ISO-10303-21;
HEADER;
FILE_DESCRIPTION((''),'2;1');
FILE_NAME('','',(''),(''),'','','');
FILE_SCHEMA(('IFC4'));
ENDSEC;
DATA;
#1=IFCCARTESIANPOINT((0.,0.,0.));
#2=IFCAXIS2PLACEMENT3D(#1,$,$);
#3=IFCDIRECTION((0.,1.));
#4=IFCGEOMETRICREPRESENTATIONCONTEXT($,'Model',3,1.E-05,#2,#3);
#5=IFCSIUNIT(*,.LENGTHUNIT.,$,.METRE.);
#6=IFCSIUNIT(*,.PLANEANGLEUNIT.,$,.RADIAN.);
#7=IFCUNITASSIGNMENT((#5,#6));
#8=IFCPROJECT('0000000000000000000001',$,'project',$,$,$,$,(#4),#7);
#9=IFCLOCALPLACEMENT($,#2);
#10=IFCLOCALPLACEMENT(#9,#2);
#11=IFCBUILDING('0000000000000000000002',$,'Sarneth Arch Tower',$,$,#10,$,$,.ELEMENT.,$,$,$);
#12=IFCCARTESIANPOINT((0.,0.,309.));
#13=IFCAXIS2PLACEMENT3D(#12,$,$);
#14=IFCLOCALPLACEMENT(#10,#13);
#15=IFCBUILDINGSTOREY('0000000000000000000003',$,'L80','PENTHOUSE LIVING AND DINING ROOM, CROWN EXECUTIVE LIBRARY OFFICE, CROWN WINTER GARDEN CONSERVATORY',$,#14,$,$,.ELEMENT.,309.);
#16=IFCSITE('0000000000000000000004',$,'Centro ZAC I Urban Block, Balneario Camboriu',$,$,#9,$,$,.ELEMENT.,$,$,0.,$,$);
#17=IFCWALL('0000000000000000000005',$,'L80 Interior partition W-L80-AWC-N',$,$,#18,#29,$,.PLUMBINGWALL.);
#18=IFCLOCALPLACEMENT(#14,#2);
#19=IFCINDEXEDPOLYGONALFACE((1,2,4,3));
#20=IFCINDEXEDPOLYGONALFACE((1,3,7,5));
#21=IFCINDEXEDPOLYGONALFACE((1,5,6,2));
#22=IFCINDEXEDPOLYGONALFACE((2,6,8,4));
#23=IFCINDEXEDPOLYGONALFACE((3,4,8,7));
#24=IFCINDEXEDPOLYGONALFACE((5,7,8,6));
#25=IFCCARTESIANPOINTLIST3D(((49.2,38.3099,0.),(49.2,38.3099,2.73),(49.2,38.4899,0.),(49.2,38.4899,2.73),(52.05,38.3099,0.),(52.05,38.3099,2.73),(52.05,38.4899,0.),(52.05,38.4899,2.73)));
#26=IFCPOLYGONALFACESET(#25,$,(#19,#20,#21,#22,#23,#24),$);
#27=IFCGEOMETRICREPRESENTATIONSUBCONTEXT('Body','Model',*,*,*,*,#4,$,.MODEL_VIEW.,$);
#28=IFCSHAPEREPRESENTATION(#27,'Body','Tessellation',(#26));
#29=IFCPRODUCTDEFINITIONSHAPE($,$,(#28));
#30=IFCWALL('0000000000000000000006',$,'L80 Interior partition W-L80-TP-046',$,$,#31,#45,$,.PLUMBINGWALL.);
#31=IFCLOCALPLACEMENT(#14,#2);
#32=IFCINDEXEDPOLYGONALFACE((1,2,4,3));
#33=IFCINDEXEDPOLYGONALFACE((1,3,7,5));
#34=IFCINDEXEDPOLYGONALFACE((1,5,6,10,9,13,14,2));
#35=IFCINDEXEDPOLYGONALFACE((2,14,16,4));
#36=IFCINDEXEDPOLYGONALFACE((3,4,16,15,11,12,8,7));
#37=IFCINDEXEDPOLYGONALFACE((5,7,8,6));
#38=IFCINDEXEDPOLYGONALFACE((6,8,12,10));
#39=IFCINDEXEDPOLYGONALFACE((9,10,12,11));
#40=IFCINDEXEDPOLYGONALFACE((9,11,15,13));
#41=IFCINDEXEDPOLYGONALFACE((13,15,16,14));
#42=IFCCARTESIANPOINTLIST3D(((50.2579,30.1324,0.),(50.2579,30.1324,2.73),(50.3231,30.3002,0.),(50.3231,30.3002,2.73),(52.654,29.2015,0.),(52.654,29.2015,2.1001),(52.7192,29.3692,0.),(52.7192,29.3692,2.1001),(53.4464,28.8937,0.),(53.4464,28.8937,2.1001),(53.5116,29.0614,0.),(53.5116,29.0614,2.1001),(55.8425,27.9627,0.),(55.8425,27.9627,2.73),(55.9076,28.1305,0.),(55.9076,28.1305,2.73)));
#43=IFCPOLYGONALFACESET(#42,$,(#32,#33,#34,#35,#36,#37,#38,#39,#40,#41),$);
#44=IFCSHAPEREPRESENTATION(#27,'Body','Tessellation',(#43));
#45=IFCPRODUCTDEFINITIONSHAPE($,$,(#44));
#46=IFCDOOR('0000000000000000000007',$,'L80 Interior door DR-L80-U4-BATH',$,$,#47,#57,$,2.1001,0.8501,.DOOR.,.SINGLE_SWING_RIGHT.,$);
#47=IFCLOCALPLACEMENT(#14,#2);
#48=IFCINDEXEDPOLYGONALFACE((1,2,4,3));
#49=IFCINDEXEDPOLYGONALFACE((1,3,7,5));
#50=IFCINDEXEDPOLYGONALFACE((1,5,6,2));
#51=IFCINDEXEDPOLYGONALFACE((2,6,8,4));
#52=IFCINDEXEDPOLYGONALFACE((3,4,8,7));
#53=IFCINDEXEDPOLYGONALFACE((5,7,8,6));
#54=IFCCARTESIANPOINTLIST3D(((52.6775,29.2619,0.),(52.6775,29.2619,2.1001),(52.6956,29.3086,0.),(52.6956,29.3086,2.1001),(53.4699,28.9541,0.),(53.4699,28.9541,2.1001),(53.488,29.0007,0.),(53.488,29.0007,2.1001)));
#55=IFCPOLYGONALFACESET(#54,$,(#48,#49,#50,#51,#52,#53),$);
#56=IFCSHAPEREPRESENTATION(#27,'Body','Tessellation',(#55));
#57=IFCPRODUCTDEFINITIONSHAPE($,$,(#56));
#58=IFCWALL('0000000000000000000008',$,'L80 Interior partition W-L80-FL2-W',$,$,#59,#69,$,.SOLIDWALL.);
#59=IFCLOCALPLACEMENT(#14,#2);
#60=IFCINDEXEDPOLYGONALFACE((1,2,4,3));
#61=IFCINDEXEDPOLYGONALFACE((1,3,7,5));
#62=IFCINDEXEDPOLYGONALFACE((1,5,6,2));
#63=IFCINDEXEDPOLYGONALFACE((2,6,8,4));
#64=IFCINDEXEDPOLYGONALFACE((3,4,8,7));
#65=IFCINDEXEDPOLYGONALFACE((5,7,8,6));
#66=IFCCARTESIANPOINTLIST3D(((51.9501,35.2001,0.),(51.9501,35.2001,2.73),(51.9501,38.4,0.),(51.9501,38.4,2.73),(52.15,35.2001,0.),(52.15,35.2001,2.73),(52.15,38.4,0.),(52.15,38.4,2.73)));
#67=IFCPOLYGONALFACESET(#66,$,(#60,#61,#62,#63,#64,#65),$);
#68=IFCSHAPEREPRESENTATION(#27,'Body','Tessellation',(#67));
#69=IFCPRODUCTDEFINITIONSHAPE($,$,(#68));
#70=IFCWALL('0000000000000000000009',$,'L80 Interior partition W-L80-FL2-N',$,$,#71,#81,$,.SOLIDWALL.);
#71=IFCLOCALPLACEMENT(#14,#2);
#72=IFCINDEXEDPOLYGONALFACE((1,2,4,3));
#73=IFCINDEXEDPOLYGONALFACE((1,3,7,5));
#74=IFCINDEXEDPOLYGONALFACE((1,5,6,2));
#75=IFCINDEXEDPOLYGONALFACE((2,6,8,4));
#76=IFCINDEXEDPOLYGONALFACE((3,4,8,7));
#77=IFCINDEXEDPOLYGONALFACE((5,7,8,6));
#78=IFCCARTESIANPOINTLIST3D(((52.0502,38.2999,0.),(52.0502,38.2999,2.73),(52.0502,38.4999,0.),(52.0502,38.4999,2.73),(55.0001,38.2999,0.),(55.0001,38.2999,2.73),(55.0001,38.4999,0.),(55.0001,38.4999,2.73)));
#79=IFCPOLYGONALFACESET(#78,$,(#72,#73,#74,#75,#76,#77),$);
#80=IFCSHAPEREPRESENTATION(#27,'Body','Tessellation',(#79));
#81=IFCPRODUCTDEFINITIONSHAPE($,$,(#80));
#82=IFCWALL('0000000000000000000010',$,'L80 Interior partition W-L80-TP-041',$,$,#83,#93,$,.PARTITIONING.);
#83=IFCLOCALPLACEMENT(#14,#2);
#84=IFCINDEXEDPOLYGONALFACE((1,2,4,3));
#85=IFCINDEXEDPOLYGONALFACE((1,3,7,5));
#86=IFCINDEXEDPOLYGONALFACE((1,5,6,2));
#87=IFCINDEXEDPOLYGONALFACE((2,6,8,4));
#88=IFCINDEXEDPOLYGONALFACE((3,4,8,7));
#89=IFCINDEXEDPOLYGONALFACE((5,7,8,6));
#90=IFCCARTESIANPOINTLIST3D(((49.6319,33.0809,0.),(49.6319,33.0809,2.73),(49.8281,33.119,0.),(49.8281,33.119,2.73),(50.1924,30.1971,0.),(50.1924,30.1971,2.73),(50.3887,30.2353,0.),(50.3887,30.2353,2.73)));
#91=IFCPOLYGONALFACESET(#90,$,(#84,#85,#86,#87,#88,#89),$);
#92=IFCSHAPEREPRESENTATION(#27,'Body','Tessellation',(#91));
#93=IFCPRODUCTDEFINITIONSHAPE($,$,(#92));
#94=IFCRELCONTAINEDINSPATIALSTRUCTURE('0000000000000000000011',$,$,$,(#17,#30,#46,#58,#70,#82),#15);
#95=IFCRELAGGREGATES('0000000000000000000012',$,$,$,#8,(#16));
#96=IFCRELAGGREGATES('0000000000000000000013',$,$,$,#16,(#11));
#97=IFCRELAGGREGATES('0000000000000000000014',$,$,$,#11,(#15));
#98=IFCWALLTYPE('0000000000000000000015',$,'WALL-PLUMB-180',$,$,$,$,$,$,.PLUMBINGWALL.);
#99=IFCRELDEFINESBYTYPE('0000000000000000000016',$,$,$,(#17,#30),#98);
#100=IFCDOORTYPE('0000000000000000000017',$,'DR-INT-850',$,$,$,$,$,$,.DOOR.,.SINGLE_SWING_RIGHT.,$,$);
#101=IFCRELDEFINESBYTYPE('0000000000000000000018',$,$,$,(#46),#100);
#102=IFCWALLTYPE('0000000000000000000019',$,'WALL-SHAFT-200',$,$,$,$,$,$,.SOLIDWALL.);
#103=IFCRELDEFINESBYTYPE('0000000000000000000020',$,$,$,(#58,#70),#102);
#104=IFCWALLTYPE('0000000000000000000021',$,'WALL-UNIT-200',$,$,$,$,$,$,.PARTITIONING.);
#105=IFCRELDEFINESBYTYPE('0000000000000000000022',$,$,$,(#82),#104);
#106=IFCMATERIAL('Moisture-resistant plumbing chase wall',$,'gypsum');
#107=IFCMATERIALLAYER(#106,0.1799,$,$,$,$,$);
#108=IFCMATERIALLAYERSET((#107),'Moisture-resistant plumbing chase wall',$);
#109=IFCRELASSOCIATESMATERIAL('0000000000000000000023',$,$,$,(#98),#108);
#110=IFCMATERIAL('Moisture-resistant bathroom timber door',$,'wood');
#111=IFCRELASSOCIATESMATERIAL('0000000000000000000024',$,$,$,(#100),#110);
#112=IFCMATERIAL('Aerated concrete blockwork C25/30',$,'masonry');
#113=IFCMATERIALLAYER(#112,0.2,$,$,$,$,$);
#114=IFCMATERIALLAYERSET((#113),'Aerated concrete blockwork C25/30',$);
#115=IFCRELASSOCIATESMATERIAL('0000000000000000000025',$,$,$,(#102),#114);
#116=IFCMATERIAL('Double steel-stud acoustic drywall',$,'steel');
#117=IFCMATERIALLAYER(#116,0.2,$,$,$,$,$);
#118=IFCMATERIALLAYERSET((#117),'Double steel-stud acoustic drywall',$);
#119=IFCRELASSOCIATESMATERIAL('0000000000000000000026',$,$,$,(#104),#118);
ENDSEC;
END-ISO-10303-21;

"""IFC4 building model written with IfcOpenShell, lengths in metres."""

from ifc_helpers import new_model, si_unit, direction, frame, frame_2d, origin, place, context, subcontext, project, spatial, rectangle, extrude, material, layer, layer_set, type_object, element, fill, save


model = new_model("IFC4")

# Units and contexts
model_context = context("Model", 3, precision=1e-05, world=origin(), true_north=direction((0.0, 1.0)))
body_context = subcontext(model_context, "Body", "Model", "MODEL_VIEW")
ifc_project = project(units=[si_unit("LENGTHUNIT", "METRE"), si_unit("PLANEANGLEUNIT", "RADIAN")], contexts=[model_context])

# Site, building, storey
site_placement = place(None, origin())
site = spatial("IfcSite", under=ifc_project, at=site_placement, Name="Centro ZAC I Urban Block, Balneario Camboriu", CompositionType="ELEMENT", RefElevation=0.0)
building_placement = place(site_placement, origin())
building = spatial("IfcBuilding", under=site, at=building_placement, Name="Sarneth Arch Tower", CompositionType="ELEMENT")
storey_placement = place(building_placement, frame((0.0, 0.0, 309.0)))
storey = spatial("IfcBuildingStorey", under=building, at=storey_placement, Name="L80", Description="PENTHOUSE LIVING AND DINING ROOM, CROWN EXECUTIVE LIBRARY OFFICE, CROWN WINTER GARDEN CONSERVATORY", CompositionType="ELEMENT", Elevation=309.0)

# Wall
ifc_material_1 = material(Name="Moisture-resistant plumbing chase wall", Category="gypsum")
ifc_layer_1 = layer(ifc_material_1, 0.1799)
ifc_layer_set_1 = layer_set([ifc_layer_1], Name="Moisture-resistant plumbing chase wall")
wall_type_1 = type_object("IfcWallType", Name="WALL-PLUMB-180", PredefinedType="PLUMBINGWALL", material=ifc_layer_set_1)
for number, where, z_axis, x_axis, name in (
    (1, (49.2, 38.3999, 0.0), (0.0, 0.0, 1.0), (1.0, 0.0, 0.0), "L80 Interior partition W-L80-AWC-N"),
):
    element("IfcWall", number, at=place(storey_placement, frame(where, z_axis=z_axis, x_axis=x_axis)), inside=storey, type_object=wall_type_1, Name=name, PredefinedType="PLUMBINGWALL", context=body_context, shape_type="SweptSolid", body=[
        extrude(rectangle(XDim=2.8501, YDim=0.1799, at=frame_2d((1.425, 0.0))), origin(), (0.0, 0.0, 1.0), 2.73),
    ])

# Shared definitions
ifc_material_2 = material(Name="Moisture-resistant bathroom timber door", Category="wood")
door_type_1 = type_object("IfcDoorType", Name="DR-INT-850", OperationType="SINGLE_SWING_RIGHT", PredefinedType="DOOR", material=ifc_material_2)

# Wall, opening, door
wall_1_placement = place(storey_placement, frame((50.2905, 30.2163, 0.0), z_axis=(0.0, 0.0, 1.0), x_axis=(0.932121, -0.362147, 0.0)))
wall_1 = element("IfcWall", 2, at=wall_1_placement, inside=storey, type_object=wall_type_1, Name="L80 Interior partition W-L80-TP-046", PredefinedType="PLUMBINGWALL", context=body_context, shape_type="SweptSolid", body=[
    extrude(rectangle(XDim=5.9912, YDim=0.1799, at=frame_2d((2.9956, 0.0))), origin(), (0.0, 0.0, 1.0), 2.73),
])
opening_1_placement = place(wall_1_placement, frame((2.5706, 0.0, 0.0)))
opening_1 = element("IfcOpeningElement", 3, at=opening_1_placement, cuts=wall_1, PredefinedType="OPENING", context=body_context, shape_type="SweptSolid", body=[
    extrude(rectangle(XDim=0.8501, YDim=2.1001, at=frame_2d((0.425, 1.05))), frame((0.0, 0.0999, 0.0), z_axis=(0.0, -1.0, 0.0), x_axis=(1.0, 0.0, 0.0)), (0.0, 0.0, 1.0), 0.2),
])
door_1_placement = place(opening_1_placement, origin())
door_1 = element("IfcDoor", 4, at=door_1_placement, inside=storey, type_object=door_type_1, Name="L80 Interior door DR-L80-U4-BATH", OperationType="SINGLE_SWING_RIGHT", OverallHeight=2.1001, OverallWidth=0.8501, PredefinedType="DOOR", context=body_context, shape_type="SweptSolid", body=[
    extrude(rectangle(XDim=0.8501, YDim=2.1001, at=frame_2d((0.425, 1.05))), frame((0.0, 0.0249, 0.0), z_axis=(0.0, -1.0, 0.0), x_axis=(1.0, 0.0, 0.0)), (0.0, 0.0, 1.0), 0.05),
])
fill(opening_1, door_1)

# Walls
ifc_material_3 = material(Name="Aerated concrete blockwork C25/30", Category="masonry")
ifc_layer_2 = layer(ifc_material_3, 0.2)
ifc_layer_set_2 = layer_set([ifc_layer_2], Name="Aerated concrete blockwork C25/30")
wall_type_2 = type_object("IfcWallType", Name="WALL-SHAFT-200", PredefinedType="SOLIDWALL", material=ifc_layer_set_2)
wall_2_placement = place(storey_placement, frame((52.05, 35.2, 0.0), z_axis=(0.0, 0.0, 1.0), x_axis=(0.0, 1.0, 0.0)))
element("IfcWall", 5, at=wall_2_placement, inside=storey, type_object=wall_type_2, Name="L80 Interior partition W-L80-FL2-W", PredefinedType="SOLIDWALL", context=body_context, shape_type="SweptSolid", body=[
    extrude(rectangle(XDim=3.2, YDim=0.2, at=frame_2d((1.6001, 0.0))), origin(), (0.0, 0.0, 1.0), 2.73),
])
wall_3_placement = place(storey_placement, frame((52.05, 38.3999, 0.0), z_axis=(0.0, 0.0, 1.0), x_axis=(1.0, 0.0, 0.0)))
element("IfcWall", 6, at=wall_3_placement, inside=storey, type_object=wall_type_2, Name="L80 Interior partition W-L80-FL2-N", PredefinedType="SOLIDWALL", context=body_context, shape_type="SweptSolid", body=[
    extrude(rectangle(XDim=2.95, YDim=0.2, at=frame_2d((1.4751, 0.0))), origin(), (0.0, 0.0, 1.0), 2.73),
])
ifc_material_4 = material(Name="Double steel-stud acoustic drywall", Category="steel")
ifc_layer_3 = layer(ifc_material_4, 0.2)
ifc_layer_set_3 = layer_set([ifc_layer_3], Name="Double steel-stud acoustic drywall")
wall_type_3 = type_object("IfcWallType", Name="WALL-UNIT-200", PredefinedType="PARTITIONING", material=ifc_layer_set_3)
wall_4_placement = place(storey_placement, frame((50.2905, 30.2163, 0.0), z_axis=(0.0, 0.0, 1.0), x_axis=(-0.190807, 0.981627, 0.0)))
element("IfcWall", 7, at=wall_4_placement, inside=storey, type_object=wall_type_3, Name="L80 Interior partition W-L80-TP-041", PredefinedType="PARTITIONING", context=body_context, shape_type="SweptSolid", body=[
    extrude(rectangle(XDim=2.9377, YDim=0.2, at=frame_2d((1.4688, 0.0))), origin(), (0.0, 0.0, 1.0), 2.73),
])

save(model, "model.ifc")
